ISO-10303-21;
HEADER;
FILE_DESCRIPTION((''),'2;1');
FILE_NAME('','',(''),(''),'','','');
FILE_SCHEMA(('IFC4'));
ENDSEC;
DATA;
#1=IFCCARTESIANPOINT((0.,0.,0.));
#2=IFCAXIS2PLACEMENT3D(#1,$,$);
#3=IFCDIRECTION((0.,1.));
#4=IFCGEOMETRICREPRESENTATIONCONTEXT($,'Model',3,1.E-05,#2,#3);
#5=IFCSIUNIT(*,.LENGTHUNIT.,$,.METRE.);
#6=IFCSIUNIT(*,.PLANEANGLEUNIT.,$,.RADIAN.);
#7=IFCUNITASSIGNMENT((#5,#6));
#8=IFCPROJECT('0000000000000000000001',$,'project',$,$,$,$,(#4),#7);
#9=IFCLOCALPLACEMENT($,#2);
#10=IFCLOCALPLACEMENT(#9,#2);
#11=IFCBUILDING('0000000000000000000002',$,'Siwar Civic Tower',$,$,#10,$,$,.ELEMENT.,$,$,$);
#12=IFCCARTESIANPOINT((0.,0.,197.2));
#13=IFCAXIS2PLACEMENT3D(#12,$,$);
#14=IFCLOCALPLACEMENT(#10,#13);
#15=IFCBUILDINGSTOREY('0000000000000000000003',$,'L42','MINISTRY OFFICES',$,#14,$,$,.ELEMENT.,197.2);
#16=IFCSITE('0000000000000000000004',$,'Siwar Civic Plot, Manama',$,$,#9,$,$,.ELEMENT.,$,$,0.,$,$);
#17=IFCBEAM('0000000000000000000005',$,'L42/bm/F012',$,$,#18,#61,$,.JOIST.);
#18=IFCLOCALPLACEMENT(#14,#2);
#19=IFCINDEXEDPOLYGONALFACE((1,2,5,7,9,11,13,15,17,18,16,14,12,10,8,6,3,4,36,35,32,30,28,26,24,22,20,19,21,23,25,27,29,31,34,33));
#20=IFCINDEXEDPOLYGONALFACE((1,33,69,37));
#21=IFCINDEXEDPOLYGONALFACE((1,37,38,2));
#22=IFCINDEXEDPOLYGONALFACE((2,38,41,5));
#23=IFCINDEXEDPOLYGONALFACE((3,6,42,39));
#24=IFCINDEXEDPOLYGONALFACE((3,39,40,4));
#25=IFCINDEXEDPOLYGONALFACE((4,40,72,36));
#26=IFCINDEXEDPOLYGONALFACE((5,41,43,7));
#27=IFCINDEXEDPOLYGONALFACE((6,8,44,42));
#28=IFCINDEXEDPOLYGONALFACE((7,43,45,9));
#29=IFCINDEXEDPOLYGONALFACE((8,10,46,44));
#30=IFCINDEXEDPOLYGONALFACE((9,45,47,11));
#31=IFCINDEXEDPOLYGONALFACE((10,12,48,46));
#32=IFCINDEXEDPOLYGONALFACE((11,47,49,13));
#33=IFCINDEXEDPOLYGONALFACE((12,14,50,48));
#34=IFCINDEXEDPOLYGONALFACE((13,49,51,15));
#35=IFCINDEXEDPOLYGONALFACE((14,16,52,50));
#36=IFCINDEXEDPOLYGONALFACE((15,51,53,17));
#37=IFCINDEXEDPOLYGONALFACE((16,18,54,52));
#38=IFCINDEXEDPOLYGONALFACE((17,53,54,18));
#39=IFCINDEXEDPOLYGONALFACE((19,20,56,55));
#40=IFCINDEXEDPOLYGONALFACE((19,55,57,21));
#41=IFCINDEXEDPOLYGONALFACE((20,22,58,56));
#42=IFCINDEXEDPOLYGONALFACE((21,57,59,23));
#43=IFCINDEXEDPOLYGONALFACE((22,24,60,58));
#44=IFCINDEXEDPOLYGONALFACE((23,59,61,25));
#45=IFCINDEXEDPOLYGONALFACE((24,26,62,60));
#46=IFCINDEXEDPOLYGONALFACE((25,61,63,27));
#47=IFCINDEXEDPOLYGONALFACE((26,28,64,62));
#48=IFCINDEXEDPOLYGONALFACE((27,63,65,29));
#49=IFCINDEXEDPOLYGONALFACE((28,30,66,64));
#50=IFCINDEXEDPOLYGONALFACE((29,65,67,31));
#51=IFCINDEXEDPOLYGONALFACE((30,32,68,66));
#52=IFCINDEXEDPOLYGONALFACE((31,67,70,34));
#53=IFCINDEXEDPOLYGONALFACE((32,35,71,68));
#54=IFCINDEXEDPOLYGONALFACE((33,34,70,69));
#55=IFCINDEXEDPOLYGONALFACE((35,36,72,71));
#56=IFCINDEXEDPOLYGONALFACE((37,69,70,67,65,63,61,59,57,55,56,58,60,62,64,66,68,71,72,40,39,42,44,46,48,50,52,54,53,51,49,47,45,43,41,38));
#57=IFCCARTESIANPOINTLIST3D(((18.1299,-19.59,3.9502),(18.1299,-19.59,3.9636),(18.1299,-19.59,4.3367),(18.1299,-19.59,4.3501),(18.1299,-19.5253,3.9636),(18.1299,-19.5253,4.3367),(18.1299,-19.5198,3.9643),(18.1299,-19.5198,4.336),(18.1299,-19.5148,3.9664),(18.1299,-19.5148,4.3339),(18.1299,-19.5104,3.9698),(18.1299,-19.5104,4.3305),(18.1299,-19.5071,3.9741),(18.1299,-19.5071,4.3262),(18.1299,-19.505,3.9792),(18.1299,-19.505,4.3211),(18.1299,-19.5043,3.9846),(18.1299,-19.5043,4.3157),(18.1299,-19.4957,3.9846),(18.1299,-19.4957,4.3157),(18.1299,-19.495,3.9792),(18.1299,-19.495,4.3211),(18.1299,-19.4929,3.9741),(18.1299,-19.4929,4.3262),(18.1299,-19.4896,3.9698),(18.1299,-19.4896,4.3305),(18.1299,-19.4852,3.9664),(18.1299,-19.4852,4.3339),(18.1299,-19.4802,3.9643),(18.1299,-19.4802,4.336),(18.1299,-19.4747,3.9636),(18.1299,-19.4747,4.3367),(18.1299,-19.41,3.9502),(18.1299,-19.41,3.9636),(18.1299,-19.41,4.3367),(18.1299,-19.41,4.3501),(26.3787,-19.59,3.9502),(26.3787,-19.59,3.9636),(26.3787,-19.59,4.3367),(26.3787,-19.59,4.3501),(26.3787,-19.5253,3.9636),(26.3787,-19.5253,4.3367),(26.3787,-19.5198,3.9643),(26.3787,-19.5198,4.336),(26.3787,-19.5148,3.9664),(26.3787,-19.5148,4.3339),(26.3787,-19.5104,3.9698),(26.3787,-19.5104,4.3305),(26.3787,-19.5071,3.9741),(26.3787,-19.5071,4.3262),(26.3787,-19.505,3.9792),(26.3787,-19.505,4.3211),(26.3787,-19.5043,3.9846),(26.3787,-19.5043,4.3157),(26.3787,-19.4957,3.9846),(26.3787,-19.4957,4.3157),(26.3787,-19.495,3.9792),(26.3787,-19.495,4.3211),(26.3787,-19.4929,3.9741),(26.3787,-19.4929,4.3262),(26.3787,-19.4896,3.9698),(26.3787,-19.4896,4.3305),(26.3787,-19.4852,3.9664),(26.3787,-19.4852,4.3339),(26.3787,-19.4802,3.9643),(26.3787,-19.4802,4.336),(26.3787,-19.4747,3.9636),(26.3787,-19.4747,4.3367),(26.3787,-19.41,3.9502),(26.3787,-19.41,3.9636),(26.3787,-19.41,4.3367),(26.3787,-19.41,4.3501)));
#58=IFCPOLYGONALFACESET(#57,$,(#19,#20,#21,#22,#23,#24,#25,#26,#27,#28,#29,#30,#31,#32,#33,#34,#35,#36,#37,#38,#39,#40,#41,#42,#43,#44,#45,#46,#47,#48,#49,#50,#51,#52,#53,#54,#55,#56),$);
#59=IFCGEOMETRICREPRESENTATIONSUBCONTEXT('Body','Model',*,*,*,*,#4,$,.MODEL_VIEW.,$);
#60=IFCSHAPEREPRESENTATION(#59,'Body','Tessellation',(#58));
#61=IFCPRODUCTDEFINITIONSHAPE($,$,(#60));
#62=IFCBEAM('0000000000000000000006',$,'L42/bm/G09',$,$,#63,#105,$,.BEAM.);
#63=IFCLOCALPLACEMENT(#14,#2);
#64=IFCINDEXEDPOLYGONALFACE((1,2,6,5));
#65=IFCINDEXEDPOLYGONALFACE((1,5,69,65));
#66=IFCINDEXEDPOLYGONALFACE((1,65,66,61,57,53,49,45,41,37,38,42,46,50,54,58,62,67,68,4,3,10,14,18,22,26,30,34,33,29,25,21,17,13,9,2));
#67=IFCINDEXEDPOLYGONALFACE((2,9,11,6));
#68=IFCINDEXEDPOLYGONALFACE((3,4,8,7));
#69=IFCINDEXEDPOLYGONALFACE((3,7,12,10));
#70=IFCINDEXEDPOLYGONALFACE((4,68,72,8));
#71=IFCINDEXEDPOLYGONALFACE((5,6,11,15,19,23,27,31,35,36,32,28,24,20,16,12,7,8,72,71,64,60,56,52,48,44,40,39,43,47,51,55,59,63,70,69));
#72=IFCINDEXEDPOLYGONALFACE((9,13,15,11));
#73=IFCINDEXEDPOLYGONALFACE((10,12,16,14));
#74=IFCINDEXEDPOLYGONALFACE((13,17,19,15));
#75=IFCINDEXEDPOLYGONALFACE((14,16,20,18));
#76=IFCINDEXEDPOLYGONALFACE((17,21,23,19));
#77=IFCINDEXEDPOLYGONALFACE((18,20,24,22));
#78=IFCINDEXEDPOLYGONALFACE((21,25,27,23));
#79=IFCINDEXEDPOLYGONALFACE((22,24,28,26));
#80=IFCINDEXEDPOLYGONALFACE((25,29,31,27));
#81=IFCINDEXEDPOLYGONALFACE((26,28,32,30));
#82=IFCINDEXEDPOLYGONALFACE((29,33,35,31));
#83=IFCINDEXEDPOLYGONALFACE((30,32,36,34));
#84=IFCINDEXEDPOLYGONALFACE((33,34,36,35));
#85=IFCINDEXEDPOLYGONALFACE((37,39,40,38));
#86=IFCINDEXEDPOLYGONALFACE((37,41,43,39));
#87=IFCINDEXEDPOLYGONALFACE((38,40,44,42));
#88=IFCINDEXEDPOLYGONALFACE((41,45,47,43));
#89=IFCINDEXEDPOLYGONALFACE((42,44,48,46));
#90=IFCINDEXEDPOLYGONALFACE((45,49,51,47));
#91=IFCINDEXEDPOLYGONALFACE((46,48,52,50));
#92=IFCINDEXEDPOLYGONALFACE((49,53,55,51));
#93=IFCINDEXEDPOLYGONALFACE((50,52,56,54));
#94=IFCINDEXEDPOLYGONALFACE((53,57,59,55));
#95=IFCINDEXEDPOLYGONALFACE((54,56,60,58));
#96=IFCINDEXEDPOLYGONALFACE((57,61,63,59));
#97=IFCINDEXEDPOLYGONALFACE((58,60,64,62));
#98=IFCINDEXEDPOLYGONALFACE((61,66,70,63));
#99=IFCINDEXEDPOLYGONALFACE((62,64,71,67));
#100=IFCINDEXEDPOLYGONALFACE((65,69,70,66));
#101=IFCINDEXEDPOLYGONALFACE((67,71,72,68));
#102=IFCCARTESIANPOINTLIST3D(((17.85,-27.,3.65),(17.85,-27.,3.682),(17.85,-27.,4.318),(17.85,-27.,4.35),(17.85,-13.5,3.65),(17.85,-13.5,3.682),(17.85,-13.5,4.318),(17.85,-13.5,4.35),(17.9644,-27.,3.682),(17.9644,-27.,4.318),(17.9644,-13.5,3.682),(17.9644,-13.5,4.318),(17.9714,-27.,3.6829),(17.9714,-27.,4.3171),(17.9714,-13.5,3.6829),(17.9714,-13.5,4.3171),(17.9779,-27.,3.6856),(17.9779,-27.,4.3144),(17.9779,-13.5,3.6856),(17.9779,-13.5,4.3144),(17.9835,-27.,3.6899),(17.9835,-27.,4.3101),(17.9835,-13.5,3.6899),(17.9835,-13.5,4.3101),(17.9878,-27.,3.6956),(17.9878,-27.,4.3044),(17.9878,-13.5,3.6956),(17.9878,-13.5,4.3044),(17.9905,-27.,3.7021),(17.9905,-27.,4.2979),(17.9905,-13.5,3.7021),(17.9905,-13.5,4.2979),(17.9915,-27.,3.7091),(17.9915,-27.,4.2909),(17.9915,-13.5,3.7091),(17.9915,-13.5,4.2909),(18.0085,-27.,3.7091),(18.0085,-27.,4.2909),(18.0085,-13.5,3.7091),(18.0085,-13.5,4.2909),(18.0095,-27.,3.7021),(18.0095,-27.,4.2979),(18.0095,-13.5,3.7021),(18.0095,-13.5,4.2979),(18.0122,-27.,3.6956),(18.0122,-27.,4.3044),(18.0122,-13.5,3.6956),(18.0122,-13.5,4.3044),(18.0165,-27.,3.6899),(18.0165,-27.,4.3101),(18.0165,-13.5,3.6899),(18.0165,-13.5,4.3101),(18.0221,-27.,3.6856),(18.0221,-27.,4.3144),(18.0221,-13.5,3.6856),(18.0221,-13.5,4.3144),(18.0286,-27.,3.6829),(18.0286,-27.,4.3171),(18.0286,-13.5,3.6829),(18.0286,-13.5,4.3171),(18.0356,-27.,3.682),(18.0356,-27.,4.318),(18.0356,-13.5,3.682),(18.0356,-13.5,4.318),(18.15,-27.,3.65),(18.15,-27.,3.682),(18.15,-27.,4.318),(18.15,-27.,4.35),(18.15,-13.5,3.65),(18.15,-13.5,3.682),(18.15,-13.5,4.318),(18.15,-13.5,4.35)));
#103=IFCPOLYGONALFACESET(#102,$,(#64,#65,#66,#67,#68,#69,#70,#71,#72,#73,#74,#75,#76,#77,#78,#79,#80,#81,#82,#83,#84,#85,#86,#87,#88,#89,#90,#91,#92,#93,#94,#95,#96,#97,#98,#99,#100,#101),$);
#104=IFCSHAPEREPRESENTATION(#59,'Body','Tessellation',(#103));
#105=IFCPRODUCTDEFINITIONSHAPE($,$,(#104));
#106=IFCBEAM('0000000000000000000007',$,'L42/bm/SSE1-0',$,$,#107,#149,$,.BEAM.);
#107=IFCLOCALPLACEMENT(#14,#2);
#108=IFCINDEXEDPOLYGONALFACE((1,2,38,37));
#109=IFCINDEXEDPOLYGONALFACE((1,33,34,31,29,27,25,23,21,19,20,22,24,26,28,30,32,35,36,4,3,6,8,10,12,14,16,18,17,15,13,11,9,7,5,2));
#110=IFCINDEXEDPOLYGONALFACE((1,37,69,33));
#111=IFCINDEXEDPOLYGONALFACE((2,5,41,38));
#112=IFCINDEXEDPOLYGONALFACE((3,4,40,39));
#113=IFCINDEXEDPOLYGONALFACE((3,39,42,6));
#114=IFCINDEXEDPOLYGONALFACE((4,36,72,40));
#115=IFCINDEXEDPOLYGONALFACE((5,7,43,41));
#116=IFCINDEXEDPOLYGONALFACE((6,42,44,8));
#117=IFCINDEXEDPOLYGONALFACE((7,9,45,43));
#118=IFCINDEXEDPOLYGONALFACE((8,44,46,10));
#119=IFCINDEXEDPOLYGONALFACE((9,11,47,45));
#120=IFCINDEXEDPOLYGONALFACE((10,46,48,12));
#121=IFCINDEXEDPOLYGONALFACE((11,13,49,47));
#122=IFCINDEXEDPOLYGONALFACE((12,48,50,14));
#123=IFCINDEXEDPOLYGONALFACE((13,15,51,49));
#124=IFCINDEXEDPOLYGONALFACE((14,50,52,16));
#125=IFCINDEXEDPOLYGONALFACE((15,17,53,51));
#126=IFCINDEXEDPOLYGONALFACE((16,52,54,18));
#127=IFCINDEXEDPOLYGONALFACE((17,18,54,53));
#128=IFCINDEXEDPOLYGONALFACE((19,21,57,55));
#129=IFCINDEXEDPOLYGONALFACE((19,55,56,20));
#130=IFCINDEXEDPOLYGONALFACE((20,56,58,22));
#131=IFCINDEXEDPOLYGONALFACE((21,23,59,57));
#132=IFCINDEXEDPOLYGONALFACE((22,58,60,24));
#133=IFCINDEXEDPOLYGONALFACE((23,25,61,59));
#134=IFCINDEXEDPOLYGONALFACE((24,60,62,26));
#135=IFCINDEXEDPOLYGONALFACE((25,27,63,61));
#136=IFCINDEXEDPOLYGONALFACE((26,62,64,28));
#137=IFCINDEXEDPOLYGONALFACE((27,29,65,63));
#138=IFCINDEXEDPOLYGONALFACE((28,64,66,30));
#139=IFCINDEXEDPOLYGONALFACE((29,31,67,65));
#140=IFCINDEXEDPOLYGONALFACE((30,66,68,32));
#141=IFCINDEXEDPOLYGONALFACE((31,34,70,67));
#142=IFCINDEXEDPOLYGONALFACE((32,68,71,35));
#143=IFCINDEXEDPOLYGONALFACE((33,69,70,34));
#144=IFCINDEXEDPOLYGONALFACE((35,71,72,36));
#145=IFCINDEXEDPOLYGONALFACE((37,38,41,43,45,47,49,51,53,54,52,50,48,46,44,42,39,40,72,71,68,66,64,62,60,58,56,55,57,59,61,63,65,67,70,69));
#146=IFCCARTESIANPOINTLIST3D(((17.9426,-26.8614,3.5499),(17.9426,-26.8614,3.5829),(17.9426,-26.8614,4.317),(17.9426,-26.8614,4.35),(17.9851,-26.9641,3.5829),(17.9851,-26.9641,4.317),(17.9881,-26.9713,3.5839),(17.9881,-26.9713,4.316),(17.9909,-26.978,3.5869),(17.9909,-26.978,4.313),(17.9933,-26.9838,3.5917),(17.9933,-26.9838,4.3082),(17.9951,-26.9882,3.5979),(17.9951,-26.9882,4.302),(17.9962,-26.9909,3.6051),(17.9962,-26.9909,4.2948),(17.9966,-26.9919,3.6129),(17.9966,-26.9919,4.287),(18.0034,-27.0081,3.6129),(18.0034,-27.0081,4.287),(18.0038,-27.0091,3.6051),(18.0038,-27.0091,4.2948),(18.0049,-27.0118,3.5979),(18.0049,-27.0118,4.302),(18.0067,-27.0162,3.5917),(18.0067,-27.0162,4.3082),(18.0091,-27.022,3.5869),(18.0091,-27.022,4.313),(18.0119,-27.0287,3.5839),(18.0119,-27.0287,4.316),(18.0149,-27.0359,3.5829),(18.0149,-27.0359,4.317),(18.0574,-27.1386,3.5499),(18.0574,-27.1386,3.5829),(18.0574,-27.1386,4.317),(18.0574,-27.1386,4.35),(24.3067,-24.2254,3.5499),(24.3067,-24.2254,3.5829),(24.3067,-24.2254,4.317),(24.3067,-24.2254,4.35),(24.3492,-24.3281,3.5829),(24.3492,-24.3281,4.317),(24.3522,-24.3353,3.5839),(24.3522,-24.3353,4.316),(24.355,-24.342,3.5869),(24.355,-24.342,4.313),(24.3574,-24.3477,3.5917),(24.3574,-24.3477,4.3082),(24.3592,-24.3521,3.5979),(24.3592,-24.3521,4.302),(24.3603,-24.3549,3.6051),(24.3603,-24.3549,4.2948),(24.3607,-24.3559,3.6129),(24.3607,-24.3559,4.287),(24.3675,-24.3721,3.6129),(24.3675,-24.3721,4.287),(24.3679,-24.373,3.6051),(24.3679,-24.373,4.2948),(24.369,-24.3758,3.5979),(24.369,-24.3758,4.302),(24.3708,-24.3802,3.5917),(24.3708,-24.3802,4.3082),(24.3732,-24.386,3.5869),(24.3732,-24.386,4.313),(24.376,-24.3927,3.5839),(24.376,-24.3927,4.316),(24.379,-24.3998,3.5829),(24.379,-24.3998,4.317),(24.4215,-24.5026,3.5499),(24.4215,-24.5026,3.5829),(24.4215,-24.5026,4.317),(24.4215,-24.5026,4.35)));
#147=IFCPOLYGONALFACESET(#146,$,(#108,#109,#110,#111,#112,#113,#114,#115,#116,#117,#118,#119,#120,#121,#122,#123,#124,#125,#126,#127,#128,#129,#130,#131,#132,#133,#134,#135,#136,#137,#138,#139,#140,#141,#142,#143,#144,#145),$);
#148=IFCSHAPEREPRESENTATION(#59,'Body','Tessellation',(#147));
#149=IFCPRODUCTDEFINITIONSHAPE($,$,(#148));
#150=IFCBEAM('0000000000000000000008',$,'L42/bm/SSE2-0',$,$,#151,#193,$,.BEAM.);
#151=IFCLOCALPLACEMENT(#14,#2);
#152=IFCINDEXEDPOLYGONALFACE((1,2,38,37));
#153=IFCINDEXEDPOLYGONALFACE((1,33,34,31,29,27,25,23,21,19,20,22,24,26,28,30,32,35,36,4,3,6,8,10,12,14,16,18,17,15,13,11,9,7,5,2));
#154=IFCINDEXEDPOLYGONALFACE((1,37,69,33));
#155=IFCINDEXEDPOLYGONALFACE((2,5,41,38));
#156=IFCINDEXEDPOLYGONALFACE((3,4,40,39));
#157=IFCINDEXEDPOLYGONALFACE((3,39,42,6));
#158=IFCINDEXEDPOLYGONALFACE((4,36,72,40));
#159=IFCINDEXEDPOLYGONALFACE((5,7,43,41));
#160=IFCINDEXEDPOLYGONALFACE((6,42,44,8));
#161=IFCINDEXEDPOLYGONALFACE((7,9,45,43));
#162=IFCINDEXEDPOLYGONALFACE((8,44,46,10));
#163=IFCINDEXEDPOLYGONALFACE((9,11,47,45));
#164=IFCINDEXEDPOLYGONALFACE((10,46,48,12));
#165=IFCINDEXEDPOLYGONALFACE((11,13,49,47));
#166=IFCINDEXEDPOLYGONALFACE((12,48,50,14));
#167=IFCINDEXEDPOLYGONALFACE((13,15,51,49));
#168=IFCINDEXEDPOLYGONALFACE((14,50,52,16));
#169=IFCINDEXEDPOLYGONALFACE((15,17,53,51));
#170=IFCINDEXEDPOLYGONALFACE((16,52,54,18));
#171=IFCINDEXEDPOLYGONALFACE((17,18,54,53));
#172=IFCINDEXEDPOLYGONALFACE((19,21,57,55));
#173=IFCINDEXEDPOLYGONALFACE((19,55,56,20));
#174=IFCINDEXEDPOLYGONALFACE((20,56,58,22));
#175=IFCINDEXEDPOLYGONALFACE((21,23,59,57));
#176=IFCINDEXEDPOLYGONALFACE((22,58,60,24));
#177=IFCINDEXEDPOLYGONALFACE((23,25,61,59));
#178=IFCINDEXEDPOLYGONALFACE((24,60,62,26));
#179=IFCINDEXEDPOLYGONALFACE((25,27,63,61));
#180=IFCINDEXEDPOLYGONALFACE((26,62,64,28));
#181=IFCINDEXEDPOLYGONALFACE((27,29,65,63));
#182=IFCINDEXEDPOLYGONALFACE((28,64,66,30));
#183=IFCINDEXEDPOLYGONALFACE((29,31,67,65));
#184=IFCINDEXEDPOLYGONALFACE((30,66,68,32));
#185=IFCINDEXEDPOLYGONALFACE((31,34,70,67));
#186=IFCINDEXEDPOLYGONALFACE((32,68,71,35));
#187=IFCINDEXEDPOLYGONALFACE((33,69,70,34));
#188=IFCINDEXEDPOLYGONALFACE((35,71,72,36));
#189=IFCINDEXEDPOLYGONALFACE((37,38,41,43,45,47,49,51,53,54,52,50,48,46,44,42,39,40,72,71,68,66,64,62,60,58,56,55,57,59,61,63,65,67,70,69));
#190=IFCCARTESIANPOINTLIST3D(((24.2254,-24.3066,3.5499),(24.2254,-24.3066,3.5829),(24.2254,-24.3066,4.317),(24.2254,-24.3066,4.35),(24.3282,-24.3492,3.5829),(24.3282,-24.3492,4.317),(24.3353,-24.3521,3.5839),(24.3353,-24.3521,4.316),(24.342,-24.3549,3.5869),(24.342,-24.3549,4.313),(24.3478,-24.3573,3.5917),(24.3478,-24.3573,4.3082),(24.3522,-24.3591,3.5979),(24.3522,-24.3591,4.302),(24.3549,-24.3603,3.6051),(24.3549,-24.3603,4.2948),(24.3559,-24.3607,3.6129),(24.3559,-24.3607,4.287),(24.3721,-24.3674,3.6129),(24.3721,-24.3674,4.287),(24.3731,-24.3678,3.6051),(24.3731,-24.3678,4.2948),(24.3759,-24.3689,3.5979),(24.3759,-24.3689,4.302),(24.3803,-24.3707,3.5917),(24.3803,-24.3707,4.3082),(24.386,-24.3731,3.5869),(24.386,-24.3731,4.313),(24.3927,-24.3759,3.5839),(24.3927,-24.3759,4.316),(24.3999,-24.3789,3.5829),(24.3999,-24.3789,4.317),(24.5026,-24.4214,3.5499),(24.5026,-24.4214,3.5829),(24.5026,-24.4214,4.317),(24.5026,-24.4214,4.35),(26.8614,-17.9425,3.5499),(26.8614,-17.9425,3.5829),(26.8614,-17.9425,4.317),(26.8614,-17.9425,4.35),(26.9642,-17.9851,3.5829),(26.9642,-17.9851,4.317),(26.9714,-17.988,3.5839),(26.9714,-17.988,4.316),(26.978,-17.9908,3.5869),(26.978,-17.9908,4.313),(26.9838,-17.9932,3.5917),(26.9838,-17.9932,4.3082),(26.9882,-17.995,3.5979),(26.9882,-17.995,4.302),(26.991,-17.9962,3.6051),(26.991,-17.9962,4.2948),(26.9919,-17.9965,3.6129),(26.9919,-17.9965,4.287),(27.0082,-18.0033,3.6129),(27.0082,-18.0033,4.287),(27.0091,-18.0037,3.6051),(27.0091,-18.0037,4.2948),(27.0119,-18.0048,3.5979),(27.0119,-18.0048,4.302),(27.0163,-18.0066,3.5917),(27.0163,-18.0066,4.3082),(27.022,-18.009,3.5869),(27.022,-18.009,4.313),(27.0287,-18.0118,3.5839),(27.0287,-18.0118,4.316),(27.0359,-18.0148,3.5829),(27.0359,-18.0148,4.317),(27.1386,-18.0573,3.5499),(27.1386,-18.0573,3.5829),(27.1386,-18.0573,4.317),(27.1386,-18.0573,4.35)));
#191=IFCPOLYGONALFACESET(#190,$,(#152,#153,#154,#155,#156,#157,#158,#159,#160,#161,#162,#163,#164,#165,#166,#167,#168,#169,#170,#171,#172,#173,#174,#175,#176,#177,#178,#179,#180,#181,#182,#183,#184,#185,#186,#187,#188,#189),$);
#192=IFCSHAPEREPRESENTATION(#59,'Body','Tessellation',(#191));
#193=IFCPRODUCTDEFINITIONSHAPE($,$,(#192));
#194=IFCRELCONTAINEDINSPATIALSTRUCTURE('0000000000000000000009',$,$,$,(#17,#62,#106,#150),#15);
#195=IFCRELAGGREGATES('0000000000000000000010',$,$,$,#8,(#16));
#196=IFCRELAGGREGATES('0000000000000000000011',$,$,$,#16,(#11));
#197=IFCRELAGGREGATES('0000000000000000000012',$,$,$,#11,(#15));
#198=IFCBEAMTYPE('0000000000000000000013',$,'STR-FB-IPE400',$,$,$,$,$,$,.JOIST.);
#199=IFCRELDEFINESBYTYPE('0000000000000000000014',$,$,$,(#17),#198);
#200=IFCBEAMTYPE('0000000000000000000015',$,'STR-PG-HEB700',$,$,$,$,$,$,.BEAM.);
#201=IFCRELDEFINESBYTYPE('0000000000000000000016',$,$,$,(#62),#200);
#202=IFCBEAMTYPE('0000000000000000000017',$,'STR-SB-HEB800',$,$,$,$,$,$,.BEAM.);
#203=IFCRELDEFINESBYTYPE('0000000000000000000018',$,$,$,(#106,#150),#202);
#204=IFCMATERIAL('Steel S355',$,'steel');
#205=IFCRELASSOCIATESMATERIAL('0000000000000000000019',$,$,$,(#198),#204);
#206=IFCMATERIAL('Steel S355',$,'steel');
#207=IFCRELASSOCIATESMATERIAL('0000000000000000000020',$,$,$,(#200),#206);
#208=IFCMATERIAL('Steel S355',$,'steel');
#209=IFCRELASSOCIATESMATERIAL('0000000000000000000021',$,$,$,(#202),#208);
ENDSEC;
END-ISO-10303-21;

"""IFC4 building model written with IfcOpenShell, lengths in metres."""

from ifc_helpers import new_model, si_unit, direction, frame, origin, origin_2d, place, context, subcontext, project, spatial, i_section, extrude, material, material_profile, profile_set, type_object, element, save


model = new_model("IFC4")

# Units and contexts
model_context = context("Model", 3, precision=1e-05, world=origin(), true_north=direction((0.0, 1.0)))
body_context = subcontext(model_context, "Body", "Model", "MODEL_VIEW")
ifc_project = project(units=[si_unit("LENGTHUNIT", "METRE"), si_unit("PLANEANGLEUNIT", "RADIAN")], contexts=[model_context])

# Site, building, storey
site_placement = place(None, origin())
site = spatial("IfcSite", under=ifc_project, at=site_placement, Name="Siwar Civic Plot, Manama", CompositionType="ELEMENT", RefElevation=0.0)
building_placement = place(site_placement, origin())
building = spatial("IfcBuilding", under=site, at=building_placement, Name="Siwar Civic Tower", CompositionType="ELEMENT")
storey_placement = place(building_placement, frame((0.0, 0.0, 197.2)))
storey = spatial("IfcBuildingStorey", under=building, at=storey_placement, Name="L42", Description="MINISTRY OFFICES", CompositionType="ELEMENT", Elevation=197.2)

# Beams
ifc_material_1 = material(Name="Steel S355", Category="steel")
ifc_material_profile_1 = material_profile(ifc_material_1, i_section(OverallWidth=0.1799, OverallDepth=0.3999, WebThickness=0.0085, FlangeThickness=0.0134, FilletRadius=0.021, at=origin_2d()), Name="IPE400")
ifc_profile_set_1 = profile_set([ifc_material_profile_1], Name="Steel S355")
beam_type_1 = type_object("IfcBeamType", Name="STR-FB-IPE400", PredefinedType="JOIST", material=ifc_profile_set_1)
beam_1_placement = place(storey_placement, frame((18.1299, -19.5, 4.1501), z_axis=(1.0, 0.0, 0.0), x_axis=(0.0, 1.0, 0.0)))
element("IfcBeam", 1, at=beam_1_placement, inside=storey, type_object=beam_type_1, Name="L42/bm/F012", PredefinedType="JOIST", context=body_context, shape_type="SweptSolid", body=[
    extrude(i_section(OverallWidth=0.1799, OverallDepth=0.3999, WebThickness=0.0085, FlangeThickness=0.0134, FilletRadius=0.021, at=origin_2d()), origin(), (0.0, 0.0, 1.0), 8.2488),
])
ifc_material_2 = material(Name="Steel S355", Category="steel")
ifc_material_profile_2 = material_profile(ifc_material_2, i_section(OverallWidth=0.3, OverallDepth=0.7, WebThickness=0.0171, FlangeThickness=0.032, FilletRadius=0.0271, at=origin_2d()), Name="HEB700")
ifc_profile_set_2 = profile_set([ifc_material_profile_2], Name="Steel S355")
beam_type_2 = type_object("IfcBeamType", Name="STR-PG-HEB700", PredefinedType="BEAM", material=ifc_profile_set_2)
beam_2_placement = place(storey_placement, frame((18.0, -27.0, 4.0), z_axis=(0.0, 1.0, 0.0), x_axis=(-1.0, 0.0, 0.0)))
element("IfcBeam", 2, at=beam_2_placement, inside=storey, type_object=beam_type_2, Name="L42/bm/G09", PredefinedType="BEAM", context=body_context, shape_type="SweptSolid", body=[
    extrude(i_section(OverallWidth=0.3, OverallDepth=0.7, WebThickness=0.0171, FlangeThickness=0.032, FilletRadius=0.0271, at=origin_2d()), origin(), (0.0, 0.0, 1.0), 13.5),
])
ifc_material_3 = material(Name="Steel S355", Category="steel")
ifc_material_profile_3 = material_profile(ifc_material_3, i_section(OverallWidth=0.3, OverallDepth=0.8, WebThickness=0.0176, FlangeThickness=0.033, FilletRadius=0.03, at=origin_2d()), Name="HEB800")
ifc_profile_set_3 = profile_set([ifc_material_profile_3], Name="Steel S355")
beam_type_3 = type_object("IfcBeamType", Name="STR-SB-HEB800", PredefinedType="BEAM", material=ifc_profile_set_3)
for number, where, z_axis, x_axis, name in (
    (3, (18.0, -27.0, 3.95), (0.923883, 0.382674, 0.0), (-0.382674, 0.923883, 0.0), "L42/bm/SSE1-0"),
    (4, (24.364, -24.364, 3.95), (0.382674, 0.923883, 0.0), (-0.923883, 0.382674, 0.0), "L42/bm/SSE2-0"),
):
    element("IfcBeam", number, at=place(storey_placement, frame(where, z_axis=z_axis, x_axis=x_axis)), inside=storey, type_object=beam_type_3, Name=name, PredefinedType="BEAM", context=body_context, shape_type="SweptSolid", body=[
        extrude(i_section(OverallWidth=0.3, OverallDepth=0.8, WebThickness=0.0176, FlangeThickness=0.033, FilletRadius=0.03, at=origin_2d()), origin(), (0.0, 0.0, 1.0), 6.8884),
    ])

save(model, "model.ifc")
